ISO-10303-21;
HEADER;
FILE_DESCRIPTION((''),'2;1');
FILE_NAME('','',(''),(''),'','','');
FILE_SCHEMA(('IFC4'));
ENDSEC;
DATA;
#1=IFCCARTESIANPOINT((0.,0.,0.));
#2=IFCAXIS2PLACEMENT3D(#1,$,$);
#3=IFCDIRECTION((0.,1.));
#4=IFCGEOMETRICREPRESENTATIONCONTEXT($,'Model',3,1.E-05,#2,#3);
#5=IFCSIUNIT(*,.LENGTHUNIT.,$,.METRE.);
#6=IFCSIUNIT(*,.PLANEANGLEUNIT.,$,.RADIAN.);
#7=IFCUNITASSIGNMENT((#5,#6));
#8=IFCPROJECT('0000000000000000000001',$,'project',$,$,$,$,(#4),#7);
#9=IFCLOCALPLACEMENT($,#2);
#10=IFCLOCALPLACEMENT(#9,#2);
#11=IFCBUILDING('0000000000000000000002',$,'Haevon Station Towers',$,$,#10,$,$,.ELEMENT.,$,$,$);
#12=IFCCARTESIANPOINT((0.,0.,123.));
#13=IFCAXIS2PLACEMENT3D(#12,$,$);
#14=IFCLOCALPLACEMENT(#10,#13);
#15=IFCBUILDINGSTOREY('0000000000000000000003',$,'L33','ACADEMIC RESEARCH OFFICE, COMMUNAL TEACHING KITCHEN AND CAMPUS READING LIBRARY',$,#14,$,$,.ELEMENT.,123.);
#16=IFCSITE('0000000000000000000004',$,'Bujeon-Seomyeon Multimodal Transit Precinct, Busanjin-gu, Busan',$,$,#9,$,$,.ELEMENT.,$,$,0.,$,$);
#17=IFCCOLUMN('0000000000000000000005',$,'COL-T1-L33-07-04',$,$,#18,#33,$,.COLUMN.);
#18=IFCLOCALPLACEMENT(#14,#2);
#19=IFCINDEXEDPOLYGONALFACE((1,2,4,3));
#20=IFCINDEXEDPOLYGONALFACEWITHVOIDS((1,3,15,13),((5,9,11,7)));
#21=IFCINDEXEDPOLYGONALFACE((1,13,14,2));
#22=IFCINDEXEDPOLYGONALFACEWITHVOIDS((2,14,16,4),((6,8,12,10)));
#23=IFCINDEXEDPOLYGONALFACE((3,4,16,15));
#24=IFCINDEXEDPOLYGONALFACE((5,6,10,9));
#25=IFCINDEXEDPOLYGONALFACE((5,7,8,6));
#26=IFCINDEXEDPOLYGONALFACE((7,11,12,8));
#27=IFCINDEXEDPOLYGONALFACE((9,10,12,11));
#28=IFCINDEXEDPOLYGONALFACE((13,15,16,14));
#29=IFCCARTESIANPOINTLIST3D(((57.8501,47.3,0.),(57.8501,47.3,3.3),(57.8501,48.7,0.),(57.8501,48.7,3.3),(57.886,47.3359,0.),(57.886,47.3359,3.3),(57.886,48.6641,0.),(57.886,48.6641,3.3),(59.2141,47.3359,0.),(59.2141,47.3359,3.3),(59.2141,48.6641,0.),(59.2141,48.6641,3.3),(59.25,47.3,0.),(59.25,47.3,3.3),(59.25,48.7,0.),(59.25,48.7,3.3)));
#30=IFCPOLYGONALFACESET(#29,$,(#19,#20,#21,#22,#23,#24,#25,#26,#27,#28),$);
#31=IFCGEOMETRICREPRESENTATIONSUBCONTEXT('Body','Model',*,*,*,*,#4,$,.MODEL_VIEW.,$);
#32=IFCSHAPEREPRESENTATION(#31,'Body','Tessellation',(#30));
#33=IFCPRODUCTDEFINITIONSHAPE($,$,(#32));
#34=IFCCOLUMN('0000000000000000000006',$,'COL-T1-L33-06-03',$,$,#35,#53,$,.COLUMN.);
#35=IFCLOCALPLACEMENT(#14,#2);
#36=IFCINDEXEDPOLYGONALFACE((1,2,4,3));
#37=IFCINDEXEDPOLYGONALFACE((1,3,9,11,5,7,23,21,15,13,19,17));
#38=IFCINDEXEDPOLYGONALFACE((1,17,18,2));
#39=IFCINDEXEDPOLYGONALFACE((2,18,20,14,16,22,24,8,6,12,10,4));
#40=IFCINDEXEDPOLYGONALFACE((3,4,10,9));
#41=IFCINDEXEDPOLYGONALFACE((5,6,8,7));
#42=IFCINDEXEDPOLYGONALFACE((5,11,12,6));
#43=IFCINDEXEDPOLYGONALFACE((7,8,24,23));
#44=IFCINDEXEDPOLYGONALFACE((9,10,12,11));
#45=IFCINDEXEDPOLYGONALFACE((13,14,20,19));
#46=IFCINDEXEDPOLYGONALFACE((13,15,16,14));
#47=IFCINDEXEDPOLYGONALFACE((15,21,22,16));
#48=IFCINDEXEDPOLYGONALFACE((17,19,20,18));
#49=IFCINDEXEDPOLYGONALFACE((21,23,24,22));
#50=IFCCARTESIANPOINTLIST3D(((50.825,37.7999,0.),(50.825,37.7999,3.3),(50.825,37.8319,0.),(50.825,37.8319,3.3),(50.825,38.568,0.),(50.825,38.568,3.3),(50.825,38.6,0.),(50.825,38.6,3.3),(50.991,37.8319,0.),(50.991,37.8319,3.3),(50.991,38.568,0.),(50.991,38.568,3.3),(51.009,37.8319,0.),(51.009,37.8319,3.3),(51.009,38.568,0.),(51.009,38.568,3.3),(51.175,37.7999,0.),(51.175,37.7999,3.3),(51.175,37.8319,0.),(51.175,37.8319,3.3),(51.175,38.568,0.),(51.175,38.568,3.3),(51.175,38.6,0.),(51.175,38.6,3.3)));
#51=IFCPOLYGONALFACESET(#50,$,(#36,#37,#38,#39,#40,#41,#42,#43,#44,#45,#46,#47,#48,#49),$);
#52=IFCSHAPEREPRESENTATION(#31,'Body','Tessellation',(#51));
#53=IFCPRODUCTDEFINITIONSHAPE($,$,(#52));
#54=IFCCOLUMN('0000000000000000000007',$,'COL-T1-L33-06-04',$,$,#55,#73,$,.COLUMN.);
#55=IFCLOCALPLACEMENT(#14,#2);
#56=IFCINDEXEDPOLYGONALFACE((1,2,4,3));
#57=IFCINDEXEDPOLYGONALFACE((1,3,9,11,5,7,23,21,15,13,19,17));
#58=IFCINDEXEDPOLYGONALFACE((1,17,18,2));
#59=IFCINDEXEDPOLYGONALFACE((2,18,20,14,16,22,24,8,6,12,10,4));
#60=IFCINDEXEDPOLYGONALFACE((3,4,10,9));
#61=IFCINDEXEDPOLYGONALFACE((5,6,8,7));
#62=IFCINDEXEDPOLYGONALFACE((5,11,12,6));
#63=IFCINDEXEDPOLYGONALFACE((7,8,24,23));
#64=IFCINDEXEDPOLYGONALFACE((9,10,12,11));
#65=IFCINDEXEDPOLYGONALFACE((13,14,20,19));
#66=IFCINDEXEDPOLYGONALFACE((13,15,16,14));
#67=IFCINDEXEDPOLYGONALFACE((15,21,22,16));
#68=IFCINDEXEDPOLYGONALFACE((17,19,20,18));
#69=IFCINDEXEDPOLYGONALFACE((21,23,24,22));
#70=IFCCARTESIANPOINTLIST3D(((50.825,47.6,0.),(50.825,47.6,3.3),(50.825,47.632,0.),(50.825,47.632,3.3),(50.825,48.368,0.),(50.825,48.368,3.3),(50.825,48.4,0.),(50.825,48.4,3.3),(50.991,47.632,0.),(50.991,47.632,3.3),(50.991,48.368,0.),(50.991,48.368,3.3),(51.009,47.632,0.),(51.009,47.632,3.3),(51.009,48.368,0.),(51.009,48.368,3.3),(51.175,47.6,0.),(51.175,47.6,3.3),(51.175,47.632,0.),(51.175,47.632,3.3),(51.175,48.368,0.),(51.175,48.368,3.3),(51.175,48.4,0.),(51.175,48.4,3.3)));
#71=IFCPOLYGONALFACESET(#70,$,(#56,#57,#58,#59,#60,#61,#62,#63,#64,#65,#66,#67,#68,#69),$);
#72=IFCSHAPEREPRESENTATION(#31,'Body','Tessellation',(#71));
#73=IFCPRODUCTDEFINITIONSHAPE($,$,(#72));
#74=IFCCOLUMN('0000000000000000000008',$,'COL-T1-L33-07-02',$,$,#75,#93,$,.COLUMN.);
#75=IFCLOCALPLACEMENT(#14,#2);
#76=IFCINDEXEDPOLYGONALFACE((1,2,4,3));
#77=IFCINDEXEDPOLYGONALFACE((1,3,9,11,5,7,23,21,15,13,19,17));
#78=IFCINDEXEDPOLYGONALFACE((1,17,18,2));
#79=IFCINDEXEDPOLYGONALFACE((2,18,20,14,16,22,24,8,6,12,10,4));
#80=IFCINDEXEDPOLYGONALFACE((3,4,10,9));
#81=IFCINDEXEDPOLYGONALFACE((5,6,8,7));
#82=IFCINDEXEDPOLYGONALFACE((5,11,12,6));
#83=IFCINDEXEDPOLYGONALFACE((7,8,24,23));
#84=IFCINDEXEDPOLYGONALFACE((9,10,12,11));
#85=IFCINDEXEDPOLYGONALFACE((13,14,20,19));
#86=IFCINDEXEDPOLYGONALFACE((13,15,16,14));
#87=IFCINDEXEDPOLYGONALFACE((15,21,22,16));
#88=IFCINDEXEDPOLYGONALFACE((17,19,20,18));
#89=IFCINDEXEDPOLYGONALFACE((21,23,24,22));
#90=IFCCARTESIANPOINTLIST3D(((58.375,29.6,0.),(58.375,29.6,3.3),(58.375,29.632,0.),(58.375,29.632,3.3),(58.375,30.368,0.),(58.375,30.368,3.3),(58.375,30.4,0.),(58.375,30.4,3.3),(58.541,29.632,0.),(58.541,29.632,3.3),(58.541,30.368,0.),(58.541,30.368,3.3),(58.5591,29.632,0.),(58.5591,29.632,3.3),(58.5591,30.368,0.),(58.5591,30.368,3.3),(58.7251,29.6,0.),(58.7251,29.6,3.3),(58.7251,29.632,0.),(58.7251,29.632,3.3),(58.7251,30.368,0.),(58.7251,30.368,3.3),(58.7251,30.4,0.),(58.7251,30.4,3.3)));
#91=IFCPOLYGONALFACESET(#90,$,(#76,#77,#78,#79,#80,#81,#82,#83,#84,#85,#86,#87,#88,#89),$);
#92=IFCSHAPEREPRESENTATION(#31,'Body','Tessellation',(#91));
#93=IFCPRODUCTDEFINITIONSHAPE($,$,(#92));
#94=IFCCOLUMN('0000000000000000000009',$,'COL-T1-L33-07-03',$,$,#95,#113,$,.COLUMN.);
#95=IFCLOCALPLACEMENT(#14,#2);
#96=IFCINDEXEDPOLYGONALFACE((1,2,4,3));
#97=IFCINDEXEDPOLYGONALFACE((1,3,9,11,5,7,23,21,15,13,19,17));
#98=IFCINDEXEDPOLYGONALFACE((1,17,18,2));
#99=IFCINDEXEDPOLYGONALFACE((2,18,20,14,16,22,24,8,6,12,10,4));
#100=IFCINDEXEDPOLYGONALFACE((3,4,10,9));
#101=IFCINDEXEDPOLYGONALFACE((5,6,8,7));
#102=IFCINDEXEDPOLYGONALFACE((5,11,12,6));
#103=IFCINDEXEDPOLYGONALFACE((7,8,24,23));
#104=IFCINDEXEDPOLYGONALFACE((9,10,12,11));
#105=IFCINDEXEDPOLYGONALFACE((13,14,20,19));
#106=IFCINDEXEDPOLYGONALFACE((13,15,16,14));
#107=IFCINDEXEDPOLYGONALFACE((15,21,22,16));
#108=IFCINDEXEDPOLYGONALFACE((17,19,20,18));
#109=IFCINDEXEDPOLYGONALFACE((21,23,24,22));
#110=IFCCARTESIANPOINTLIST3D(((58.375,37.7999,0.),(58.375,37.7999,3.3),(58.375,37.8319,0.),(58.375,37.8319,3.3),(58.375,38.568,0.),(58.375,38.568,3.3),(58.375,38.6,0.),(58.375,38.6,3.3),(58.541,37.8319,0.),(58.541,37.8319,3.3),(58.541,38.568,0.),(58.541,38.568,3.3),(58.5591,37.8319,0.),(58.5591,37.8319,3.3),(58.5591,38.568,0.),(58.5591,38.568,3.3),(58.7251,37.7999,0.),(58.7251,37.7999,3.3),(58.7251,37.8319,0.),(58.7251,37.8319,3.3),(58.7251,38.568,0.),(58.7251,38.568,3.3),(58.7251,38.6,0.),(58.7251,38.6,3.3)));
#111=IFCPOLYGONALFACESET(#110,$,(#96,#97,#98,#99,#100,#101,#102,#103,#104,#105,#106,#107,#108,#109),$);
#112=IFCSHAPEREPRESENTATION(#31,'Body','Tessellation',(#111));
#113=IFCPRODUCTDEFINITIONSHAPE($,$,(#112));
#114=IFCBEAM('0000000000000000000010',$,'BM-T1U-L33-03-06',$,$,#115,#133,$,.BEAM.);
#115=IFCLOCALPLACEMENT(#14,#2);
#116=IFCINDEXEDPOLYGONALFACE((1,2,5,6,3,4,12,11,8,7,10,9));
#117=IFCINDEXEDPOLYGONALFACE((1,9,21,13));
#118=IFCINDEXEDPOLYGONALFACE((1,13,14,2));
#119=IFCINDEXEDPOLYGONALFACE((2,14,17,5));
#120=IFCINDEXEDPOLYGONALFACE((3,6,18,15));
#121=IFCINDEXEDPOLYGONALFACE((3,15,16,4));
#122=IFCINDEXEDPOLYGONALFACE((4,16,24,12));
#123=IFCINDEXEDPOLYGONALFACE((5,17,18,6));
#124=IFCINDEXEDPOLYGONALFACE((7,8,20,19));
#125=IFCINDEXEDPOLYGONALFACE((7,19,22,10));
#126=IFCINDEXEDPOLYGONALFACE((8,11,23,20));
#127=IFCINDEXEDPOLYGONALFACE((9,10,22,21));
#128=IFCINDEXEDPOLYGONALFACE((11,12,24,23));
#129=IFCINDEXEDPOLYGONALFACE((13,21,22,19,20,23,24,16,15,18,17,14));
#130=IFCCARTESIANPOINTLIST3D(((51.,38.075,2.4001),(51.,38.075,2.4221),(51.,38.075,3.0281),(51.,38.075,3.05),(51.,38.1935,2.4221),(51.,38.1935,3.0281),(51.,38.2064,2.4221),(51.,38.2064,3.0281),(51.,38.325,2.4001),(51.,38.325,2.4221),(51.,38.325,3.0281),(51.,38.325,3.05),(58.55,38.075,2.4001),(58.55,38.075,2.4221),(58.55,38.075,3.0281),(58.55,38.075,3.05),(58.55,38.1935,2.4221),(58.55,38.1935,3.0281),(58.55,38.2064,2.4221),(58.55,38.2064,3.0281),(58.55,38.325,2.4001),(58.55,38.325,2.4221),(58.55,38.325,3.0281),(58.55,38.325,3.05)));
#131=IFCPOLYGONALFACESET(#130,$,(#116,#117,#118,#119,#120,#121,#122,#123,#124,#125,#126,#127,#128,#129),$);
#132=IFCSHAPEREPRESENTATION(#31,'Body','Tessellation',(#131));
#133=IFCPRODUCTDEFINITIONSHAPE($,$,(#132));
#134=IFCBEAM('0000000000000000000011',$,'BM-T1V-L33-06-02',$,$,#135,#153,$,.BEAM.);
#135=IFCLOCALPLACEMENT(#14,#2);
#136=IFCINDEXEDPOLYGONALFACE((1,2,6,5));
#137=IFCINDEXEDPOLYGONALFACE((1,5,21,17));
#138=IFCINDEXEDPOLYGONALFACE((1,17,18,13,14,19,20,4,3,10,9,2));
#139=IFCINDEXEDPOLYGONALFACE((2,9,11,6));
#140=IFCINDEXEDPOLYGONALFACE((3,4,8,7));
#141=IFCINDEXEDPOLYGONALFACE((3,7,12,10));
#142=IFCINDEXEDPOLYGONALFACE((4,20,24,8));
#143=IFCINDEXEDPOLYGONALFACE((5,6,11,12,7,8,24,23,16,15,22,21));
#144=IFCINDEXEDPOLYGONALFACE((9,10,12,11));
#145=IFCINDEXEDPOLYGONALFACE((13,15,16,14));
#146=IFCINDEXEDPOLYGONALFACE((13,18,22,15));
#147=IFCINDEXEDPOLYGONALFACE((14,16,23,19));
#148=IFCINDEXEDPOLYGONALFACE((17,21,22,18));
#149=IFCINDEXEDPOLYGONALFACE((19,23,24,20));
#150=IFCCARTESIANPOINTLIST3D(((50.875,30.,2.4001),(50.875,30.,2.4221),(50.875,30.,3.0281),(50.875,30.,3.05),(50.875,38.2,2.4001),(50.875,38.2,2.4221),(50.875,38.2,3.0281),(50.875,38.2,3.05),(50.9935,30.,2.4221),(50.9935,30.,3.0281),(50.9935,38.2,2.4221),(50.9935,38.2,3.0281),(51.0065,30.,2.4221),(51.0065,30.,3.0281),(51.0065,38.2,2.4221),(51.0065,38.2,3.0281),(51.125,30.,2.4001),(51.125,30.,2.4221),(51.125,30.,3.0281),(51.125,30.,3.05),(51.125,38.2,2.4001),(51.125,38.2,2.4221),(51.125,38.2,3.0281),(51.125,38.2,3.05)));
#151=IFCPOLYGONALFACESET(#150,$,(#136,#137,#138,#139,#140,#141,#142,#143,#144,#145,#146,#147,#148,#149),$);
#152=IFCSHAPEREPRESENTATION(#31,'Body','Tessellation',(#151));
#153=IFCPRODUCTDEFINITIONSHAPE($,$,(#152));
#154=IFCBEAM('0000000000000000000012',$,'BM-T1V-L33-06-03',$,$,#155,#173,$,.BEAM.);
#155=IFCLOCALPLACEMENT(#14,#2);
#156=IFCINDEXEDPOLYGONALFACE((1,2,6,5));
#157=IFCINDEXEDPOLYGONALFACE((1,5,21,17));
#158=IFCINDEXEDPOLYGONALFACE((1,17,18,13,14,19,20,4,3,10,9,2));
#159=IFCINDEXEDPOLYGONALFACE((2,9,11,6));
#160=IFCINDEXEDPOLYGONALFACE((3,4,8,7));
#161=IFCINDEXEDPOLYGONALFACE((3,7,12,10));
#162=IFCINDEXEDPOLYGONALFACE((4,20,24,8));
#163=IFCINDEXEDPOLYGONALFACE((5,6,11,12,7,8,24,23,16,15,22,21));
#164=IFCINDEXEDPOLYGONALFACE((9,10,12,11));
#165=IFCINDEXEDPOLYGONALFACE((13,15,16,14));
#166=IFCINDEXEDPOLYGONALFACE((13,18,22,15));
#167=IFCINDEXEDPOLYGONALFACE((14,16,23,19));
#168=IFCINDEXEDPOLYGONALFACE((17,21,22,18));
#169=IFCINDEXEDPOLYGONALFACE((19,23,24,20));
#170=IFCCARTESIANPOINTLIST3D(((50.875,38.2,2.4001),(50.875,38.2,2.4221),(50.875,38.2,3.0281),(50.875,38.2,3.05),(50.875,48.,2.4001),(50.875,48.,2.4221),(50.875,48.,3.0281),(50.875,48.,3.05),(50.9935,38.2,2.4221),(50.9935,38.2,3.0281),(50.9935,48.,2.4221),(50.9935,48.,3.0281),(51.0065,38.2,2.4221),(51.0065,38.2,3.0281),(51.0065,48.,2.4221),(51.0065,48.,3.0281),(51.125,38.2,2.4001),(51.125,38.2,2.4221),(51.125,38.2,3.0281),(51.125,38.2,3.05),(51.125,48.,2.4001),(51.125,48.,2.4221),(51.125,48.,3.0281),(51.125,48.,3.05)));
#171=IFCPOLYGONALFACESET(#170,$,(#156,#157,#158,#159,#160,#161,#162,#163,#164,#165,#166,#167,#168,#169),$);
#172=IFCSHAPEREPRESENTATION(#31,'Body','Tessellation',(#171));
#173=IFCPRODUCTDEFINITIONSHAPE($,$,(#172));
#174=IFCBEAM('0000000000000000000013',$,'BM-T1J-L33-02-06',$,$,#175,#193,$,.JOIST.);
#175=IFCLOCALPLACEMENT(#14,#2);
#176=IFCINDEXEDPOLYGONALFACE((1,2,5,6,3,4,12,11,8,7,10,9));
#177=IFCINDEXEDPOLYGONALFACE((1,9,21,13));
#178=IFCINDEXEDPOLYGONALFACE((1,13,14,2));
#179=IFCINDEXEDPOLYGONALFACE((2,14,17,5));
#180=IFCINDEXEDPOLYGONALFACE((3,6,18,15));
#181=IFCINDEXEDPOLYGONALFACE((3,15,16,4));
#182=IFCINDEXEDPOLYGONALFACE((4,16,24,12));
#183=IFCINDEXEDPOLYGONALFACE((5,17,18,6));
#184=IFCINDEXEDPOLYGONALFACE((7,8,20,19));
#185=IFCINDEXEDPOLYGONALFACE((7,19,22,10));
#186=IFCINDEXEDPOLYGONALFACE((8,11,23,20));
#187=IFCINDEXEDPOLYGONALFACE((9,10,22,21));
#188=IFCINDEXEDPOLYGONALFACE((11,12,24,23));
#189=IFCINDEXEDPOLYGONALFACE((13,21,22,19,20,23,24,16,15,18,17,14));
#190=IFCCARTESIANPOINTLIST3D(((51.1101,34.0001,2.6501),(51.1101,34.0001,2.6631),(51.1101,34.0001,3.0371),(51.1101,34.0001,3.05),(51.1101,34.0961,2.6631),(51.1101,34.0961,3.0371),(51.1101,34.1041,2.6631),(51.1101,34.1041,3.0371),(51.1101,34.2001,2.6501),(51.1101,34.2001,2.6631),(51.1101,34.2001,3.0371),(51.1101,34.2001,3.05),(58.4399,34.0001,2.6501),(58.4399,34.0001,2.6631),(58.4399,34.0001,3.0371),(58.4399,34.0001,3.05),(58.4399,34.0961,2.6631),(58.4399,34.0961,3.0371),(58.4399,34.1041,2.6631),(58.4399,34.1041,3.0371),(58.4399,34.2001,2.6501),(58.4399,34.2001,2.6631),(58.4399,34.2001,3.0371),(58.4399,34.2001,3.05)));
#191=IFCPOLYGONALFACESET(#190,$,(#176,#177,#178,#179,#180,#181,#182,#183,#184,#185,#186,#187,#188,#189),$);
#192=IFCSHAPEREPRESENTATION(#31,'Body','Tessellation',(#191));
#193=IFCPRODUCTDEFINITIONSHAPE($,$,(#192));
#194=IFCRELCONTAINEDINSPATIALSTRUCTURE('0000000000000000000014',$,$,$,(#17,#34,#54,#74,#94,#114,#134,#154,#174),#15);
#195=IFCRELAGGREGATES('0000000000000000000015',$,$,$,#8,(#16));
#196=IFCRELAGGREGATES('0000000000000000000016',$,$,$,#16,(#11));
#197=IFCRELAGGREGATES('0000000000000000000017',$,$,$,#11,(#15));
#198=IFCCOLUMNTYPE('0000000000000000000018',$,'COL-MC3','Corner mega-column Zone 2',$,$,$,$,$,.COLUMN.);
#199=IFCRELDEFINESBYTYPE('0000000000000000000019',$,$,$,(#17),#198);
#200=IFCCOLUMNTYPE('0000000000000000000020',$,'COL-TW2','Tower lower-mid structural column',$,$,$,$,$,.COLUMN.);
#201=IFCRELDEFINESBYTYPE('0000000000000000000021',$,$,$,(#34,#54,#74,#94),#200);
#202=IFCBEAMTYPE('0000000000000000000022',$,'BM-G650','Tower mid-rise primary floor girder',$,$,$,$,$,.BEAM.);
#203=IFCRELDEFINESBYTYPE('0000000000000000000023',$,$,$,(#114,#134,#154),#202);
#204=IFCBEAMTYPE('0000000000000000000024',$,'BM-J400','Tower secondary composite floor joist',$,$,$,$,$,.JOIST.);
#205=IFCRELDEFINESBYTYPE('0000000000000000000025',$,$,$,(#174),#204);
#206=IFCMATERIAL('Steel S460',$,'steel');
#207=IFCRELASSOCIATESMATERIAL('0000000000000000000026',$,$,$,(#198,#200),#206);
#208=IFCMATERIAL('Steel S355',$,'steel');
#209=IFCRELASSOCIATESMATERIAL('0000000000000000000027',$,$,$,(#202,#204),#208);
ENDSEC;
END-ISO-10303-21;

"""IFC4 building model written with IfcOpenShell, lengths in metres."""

from ifc_helpers import new_model, si_unit, direction, frame, origin, origin_2d, place, context, subcontext, project, spatial, hollow_rectangle, i_section, extrude, material, material_profile, profile_set, type_object, element, save


model = new_model("IFC4")

# Units and contexts
model_context = context("Model", 3, precision=1e-05, world=origin(), true_north=direction((0.0, 1.0)))
body_context = subcontext(model_context, "Body", "Model", "MODEL_VIEW")
ifc_project = project(units=[si_unit("LENGTHUNIT", "METRE"), si_unit("PLANEANGLEUNIT", "RADIAN")], contexts=[model_context])

# Site, building, storey
site_placement = place(None, origin())
site = spatial("IfcSite", under=ifc_project, at=site_placement, Name="Bujeon-Seomyeon Multimodal Transit Precinct, Busanjin-gu, Busan", CompositionType="ELEMENT", RefElevation=0.0)
building_placement = place(site_placement, origin())
building = spatial("IfcBuilding", under=site, at=building_placement, Name="Haevon Station Towers", CompositionType="ELEMENT")
storey_placement = place(building_placement, frame((0.0, 0.0, 123.0)))
storey = spatial("IfcBuildingStorey", under=building, at=storey_placement, Name="L33", Description="ACADEMIC RESEARCH OFFICE, COMMUNAL TEACHING KITCHEN AND CAMPUS READING LIBRARY", CompositionType="ELEMENT", Elevation=123.0)

# Columns
ifc_material_1 = material(Name="Steel S460", Category="steel")
ifc_material_profile_1 = material_profile(ifc_material_1, hollow_rectangle(XDim=1.3999, YDim=1.3999, WallThickness=0.0359, at=origin_2d()), Name="BOX-1400x1400x36")
ifc_profile_set_1 = profile_set([ifc_material_profile_1], Name="Steel S460")
column_type_1 = type_object("IfcColumnType", Name="COL-MC3", Description="Corner mega-column Zone 2", PredefinedType="COLUMN", material=ifc_profile_set_1)
column_placement = place(storey_placement, frame((58.55, 48.0, 0.0), z_axis=(0.0, 0.0, 1.0), x_axis=(1.0, 0.0, 0.0)))
element("IfcColumn", 1, at=column_placement, inside=storey, type_object=column_type_1, Name="COL-T1-L33-07-04", PredefinedType="COLUMN", context=body_context, shape_type="SweptSolid", body=[
    extrude(hollow_rectangle(XDim=1.3999, YDim=1.3999, WallThickness=0.0359, at=origin_2d()), origin(), (0.0, 0.0, 1.0), 3.3),
])
ifc_material_profile_2 = material_profile(ifc_material_1, i_section(OverallWidth=0.3501, OverallDepth=0.8, WebThickness=0.0181, FlangeThickness=0.032, at=origin_2d()), Name="H-800x350x18x32")
ifc_profile_set_2 = profile_set([ifc_material_profile_2], Name="Steel S460")
column_type_2 = type_object("IfcColumnType", Name="COL-TW2", Description="Tower lower-mid structural column", PredefinedType="COLUMN", material=ifc_profile_set_2)
for number, where, z_axis, x_axis, name in (
    (2, (51.0, 38.2, 0.0), (0.0, 0.0, 1.0), (1.0, 0.0, 0.0), "COL-T1-L33-06-03"),
    (3, (51.0, 48.0, 0.0), (0.0, 0.0, 1.0), (1.0, 0.0, 0.0), "COL-T1-L33-06-04"),
    (4, (58.55, 30.0, 0.0), (0.0, 0.0, 1.0), (1.0, 0.0, 0.0), "COL-T1-L33-07-02"),
    (5, (58.55, 38.2, 0.0), (0.0, 0.0, 1.0), (1.0, 0.0, 0.0), "COL-T1-L33-07-03"),
):
    element("IfcColumn", number, at=place(storey_placement, frame(where, z_axis=z_axis, x_axis=x_axis)), inside=storey, type_object=column_type_2, Name=name, PredefinedType="COLUMN", context=body_context, shape_type="SweptSolid", body=[
        extrude(i_section(OverallWidth=0.3501, OverallDepth=0.8, WebThickness=0.0181, FlangeThickness=0.032, at=origin_2d()), origin(), (0.0, 0.0, 1.0), 3.3),
    ])

# Beams
ifc_material_2 = material(Name="Steel S355", Category="steel")
ifc_material_profile_3 = material_profile(ifc_material_2, i_section(OverallWidth=0.25, OverallDepth=0.6499, WebThickness=0.0129, FlangeThickness=0.022, at=origin_2d()), Name="H-650x250x13x22")
ifc_profile_set_3 = profile_set([ifc_material_profile_3], Name="Steel S355")
beam_type_1 = type_object("IfcBeamType", Name="BM-G650", Description="Tower mid-rise primary floor girder", PredefinedType="BEAM", material=ifc_profile_set_3)
beam_1_placement = place(storey_placement, frame((51.0, 38.2, 2.7251), z_axis=(1.0, 0.0, 0.0), x_axis=(0.0, 1.0, 0.0)))
element("IfcBeam", 6, at=beam_1_placement, inside=storey, type_object=beam_type_1, Name="BM-T1U-L33-03-06", PredefinedType="BEAM", context=body_context, shape_type="SweptSolid", body=[
    extrude(i_section(OverallWidth=0.25, OverallDepth=0.6499, WebThickness=0.0129, FlangeThickness=0.022, at=origin_2d()), origin(), (0.0, 0.0, 1.0), 7.55),
])
beam_2_placement = place(storey_placement, frame((51.0, 30.0, 2.7251), z_axis=(0.0, 1.0, 0.0), x_axis=(-1.0, 0.0, 0.0)))
element("IfcBeam", 7, at=beam_2_placement, inside=storey, type_object=beam_type_1, Name="BM-T1V-L33-06-02", PredefinedType="BEAM", context=body_context, shape_type="SweptSolid", body=[
    extrude(i_section(OverallWidth=0.25, OverallDepth=0.6499, WebThickness=0.0129, FlangeThickness=0.022, at=origin_2d()), origin(), (0.0, 0.0, 1.0), 8.2),
])
beam_3_placement = place(storey_placement, frame((51.0, 38.2, 2.7251), z_axis=(0.0, 1.0, 0.0), x_axis=(-1.0, 0.0, 0.0)))
element("IfcBeam", 8, at=beam_3_placement, inside=storey, type_object=beam_type_1, Name="BM-T1V-L33-06-03", PredefinedType="BEAM", context=body_context, shape_type="SweptSolid", body=[
    extrude(i_section(OverallWidth=0.25, OverallDepth=0.6499, WebThickness=0.0129, FlangeThickness=0.022, at=origin_2d()), origin(), (0.0, 0.0, 1.0), 9.8),
])
ifc_material_profile_4 = material_profile(ifc_material_2, i_section(OverallWidth=0.2, OverallDepth=0.3999, WebThickness=0.0081, FlangeThickness=0.0129, at=origin_2d()), Name="H-400x200x8x13")
ifc_profile_set_4 = profile_set([ifc_material_profile_4], Name="Steel S355")
beam_type_2 = type_object("IfcBeamType", Name="BM-J400", Description="Tower secondary composite floor joist", PredefinedType="JOIST", material=ifc_profile_set_4)
beam_4_placement = place(storey_placement, frame((51.1101, 34.1001, 2.8501), z_axis=(1.0, 0.0, 0.0), x_axis=(0.0, 1.0, 0.0)))
element("IfcBeam", 9, at=beam_4_placement, inside=storey, type_object=beam_type_2, Name="BM-T1J-L33-02-06", PredefinedType="JOIST", context=body_context, shape_type="SweptSolid", body=[
    extrude(i_section(OverallWidth=0.2, OverallDepth=0.3999, WebThickness=0.0081, FlangeThickness=0.0129, at=origin_2d()), origin(), (0.0, 0.0, 1.0), 7.3298),
])

save(model, "model.ifc")
